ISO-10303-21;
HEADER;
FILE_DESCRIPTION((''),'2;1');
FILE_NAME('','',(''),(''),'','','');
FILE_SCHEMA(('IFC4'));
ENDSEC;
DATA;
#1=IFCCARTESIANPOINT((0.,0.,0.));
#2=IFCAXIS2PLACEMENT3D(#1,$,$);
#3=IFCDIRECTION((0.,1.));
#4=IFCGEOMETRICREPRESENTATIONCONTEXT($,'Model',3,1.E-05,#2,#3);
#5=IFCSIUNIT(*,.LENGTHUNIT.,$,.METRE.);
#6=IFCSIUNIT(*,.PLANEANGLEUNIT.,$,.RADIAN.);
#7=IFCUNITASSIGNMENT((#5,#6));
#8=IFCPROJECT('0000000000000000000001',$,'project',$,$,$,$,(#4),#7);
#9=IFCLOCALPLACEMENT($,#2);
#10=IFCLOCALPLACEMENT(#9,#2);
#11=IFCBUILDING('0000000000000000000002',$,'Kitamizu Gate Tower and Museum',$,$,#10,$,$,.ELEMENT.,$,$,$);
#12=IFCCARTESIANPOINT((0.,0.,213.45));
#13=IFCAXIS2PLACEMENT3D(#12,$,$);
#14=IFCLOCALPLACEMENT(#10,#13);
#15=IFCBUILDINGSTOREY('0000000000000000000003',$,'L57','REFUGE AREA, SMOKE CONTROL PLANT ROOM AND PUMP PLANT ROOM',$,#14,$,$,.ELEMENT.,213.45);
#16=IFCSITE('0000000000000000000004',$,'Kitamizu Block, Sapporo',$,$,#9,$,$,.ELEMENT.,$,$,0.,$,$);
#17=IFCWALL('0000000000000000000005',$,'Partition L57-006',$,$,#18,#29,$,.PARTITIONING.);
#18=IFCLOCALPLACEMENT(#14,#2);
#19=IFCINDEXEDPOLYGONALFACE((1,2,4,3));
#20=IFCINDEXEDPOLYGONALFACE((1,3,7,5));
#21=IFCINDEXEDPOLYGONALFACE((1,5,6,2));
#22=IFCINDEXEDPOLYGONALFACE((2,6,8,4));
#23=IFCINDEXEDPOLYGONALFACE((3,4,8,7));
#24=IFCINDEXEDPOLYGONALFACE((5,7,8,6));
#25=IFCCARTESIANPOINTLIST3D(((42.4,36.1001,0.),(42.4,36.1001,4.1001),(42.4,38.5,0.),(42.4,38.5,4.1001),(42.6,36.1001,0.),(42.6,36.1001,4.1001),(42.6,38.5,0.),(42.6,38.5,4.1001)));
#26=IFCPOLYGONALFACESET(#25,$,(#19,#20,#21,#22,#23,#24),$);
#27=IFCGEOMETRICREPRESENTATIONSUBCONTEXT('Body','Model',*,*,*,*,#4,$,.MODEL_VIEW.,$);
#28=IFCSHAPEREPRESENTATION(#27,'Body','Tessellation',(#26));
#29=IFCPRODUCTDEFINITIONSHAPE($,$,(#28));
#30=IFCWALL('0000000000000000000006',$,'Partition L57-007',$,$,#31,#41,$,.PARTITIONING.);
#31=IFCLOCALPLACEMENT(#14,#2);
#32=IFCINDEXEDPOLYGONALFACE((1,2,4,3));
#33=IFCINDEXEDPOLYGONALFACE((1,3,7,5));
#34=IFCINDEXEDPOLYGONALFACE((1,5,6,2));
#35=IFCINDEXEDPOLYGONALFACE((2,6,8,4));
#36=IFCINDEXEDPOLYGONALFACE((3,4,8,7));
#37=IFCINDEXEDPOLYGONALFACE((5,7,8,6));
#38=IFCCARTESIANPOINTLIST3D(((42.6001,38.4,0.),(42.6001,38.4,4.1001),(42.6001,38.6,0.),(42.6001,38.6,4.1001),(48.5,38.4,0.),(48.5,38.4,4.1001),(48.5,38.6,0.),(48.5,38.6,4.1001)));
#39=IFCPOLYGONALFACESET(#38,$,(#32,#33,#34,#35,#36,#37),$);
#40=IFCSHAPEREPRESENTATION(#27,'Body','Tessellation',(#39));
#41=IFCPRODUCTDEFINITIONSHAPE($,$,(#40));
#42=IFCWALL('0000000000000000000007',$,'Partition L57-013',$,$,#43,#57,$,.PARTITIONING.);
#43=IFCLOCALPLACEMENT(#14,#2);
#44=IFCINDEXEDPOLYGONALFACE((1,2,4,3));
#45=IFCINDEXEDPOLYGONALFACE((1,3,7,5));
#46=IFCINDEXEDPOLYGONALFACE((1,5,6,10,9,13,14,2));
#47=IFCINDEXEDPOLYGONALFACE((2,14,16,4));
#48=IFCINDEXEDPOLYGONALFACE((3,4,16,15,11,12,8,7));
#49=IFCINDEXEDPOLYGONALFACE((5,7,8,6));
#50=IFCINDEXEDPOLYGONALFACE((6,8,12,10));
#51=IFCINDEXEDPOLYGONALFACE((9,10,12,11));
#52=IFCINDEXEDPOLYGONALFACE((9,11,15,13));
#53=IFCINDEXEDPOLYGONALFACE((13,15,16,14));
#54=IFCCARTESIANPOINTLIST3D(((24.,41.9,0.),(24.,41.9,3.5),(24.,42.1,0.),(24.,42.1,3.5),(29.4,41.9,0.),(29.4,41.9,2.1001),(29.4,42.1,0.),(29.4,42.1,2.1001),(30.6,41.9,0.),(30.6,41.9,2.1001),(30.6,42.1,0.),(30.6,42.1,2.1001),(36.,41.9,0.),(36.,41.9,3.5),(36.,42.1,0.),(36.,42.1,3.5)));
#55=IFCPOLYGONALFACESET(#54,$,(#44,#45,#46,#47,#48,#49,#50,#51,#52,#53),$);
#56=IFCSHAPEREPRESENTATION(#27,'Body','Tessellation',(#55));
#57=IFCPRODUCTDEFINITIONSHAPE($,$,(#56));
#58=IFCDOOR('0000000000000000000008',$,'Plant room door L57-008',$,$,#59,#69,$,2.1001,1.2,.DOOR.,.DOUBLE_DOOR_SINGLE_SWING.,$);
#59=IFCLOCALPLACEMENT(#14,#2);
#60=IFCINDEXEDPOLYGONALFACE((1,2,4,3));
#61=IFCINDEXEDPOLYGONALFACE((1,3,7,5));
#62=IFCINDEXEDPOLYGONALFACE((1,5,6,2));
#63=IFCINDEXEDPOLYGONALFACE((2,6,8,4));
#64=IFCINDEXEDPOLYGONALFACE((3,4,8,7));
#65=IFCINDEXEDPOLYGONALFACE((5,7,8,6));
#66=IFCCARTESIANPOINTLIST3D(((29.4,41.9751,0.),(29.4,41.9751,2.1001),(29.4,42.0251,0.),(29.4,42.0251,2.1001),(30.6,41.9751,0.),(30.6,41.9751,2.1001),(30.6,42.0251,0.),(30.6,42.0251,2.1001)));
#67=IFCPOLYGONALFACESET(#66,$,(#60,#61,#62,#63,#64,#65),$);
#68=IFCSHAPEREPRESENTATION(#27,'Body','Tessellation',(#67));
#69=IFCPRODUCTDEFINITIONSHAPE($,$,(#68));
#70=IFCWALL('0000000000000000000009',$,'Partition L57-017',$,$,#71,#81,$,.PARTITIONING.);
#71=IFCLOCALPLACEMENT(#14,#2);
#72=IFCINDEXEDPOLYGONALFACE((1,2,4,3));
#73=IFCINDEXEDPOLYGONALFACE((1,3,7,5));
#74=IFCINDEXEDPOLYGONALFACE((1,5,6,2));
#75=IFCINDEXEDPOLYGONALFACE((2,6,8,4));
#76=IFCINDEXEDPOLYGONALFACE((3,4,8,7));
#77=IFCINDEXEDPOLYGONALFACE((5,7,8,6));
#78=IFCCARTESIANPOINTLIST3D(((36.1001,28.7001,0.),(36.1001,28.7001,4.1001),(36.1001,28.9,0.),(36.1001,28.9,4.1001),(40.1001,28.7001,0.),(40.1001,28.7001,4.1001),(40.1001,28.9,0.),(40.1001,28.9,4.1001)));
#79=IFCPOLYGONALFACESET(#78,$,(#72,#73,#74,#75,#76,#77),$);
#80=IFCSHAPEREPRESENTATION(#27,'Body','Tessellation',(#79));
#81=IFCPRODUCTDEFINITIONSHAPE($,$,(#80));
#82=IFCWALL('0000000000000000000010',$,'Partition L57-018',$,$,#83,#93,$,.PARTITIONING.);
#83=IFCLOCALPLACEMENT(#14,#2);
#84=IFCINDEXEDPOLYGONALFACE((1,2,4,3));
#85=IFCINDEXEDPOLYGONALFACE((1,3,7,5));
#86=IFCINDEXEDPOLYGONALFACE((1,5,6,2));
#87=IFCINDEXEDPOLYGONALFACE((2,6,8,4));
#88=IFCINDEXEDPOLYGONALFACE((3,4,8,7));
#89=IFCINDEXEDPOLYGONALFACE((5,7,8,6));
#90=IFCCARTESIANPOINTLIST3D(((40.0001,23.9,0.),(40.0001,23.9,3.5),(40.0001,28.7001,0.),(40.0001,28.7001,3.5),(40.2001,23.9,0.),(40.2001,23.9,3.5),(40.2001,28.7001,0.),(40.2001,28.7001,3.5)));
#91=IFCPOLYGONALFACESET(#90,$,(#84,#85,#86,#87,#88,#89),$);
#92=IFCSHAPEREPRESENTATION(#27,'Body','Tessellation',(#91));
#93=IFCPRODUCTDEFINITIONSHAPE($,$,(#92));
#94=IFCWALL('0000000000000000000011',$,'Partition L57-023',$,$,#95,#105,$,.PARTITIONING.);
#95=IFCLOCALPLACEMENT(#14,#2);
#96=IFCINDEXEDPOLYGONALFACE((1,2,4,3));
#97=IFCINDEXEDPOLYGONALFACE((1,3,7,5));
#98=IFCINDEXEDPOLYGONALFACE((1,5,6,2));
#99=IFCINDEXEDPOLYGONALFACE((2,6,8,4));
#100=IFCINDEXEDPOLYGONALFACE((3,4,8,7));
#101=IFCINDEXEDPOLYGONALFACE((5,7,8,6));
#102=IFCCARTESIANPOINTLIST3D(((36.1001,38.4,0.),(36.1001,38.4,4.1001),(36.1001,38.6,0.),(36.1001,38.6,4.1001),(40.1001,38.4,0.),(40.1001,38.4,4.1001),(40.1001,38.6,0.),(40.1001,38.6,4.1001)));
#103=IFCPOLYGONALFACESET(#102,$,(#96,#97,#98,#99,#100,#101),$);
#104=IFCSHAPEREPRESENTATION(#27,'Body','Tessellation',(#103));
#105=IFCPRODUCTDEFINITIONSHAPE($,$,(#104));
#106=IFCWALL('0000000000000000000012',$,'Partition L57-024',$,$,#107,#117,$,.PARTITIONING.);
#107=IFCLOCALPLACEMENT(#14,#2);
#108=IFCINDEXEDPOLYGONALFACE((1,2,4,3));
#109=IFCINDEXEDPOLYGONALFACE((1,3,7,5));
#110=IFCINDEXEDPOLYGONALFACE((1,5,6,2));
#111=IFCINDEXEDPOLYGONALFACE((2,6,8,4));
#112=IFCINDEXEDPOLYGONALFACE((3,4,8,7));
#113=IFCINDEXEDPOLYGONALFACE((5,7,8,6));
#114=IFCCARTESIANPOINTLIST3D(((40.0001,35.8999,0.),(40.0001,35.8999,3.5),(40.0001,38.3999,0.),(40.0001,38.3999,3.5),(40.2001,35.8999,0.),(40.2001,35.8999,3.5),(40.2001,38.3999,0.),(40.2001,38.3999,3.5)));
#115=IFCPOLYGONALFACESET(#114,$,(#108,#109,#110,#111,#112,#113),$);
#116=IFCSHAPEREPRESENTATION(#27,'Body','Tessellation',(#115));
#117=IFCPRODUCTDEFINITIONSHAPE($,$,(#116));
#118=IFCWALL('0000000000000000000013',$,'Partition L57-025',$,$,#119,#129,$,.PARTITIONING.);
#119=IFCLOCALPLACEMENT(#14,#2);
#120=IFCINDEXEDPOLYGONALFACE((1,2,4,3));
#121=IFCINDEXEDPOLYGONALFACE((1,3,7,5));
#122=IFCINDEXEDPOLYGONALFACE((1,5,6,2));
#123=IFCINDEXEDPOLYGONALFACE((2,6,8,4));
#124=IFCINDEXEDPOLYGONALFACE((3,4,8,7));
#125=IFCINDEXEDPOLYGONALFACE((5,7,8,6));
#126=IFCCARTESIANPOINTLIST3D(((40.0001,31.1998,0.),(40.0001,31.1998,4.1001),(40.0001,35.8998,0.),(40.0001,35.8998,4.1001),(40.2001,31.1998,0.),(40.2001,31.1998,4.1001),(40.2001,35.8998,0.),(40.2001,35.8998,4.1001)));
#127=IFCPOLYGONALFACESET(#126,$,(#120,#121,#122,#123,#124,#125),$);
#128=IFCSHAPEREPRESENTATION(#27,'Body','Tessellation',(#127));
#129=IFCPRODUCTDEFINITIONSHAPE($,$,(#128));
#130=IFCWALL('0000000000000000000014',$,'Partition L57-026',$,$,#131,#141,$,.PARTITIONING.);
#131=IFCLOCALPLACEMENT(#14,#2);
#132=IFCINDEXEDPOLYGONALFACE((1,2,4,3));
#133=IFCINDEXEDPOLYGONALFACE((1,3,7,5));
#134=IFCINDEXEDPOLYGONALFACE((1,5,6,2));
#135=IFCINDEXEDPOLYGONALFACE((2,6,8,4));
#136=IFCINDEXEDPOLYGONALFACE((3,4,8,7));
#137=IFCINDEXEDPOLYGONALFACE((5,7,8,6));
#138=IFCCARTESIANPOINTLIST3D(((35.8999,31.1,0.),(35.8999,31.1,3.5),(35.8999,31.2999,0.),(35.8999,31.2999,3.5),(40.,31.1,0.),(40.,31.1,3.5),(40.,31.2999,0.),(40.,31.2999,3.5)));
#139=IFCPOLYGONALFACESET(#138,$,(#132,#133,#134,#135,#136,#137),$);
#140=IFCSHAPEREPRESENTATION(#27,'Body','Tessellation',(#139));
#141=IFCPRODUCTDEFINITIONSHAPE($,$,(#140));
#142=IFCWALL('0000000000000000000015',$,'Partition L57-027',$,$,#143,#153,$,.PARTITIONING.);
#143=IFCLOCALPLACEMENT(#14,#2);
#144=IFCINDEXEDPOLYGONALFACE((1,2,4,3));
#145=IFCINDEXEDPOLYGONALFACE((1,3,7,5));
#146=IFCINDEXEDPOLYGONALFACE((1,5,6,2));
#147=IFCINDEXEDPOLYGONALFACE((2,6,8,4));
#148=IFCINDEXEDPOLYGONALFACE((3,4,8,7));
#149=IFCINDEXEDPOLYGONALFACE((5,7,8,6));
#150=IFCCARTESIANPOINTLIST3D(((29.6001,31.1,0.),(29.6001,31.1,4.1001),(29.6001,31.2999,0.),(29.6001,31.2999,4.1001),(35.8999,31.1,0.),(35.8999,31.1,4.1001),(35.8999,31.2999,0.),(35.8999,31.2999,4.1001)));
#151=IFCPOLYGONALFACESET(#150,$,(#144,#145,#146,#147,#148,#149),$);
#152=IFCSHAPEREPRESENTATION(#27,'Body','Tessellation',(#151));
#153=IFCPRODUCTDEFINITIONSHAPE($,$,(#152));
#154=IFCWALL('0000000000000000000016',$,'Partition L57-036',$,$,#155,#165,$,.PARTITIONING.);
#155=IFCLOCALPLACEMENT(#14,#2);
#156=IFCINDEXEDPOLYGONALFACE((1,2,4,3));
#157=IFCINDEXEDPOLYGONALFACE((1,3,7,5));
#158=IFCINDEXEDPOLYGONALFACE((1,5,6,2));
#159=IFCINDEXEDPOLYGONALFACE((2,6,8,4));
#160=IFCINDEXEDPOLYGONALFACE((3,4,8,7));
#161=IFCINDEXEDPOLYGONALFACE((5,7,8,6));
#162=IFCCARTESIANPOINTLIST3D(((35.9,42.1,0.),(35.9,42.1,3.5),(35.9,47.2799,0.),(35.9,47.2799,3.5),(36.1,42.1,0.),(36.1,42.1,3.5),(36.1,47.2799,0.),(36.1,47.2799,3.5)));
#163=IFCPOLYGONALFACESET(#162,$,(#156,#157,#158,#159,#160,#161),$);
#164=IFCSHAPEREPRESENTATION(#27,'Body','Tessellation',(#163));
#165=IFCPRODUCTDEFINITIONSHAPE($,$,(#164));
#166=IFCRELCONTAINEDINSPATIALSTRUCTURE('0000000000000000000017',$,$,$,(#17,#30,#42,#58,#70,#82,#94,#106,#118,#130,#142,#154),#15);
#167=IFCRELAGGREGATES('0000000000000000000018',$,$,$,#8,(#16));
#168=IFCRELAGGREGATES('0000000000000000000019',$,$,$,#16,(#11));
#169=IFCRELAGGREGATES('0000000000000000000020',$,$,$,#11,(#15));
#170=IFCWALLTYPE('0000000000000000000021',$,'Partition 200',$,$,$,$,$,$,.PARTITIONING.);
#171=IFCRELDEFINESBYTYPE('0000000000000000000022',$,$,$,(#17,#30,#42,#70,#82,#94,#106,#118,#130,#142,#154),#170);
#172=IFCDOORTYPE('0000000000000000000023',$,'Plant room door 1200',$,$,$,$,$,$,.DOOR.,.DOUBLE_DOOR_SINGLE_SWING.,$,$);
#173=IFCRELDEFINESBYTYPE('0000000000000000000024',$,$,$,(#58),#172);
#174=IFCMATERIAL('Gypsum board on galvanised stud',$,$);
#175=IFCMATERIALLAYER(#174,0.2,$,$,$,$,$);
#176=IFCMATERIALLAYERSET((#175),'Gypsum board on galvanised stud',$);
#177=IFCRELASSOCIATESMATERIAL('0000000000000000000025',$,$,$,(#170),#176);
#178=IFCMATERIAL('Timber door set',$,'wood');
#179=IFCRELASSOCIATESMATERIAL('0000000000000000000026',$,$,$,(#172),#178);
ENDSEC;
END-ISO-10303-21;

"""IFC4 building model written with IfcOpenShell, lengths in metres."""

from ifc_helpers import new_model, si_unit, direction, frame, frame_2d, origin, place, context, subcontext, project, spatial, rectangle, extrude, material, layer, layer_set, type_object, element, fill, save


model = new_model("IFC4")

# Units and contexts
model_context = context("Model", 3, precision=1e-05, world=origin(), true_north=direction((0.0, 1.0)))
body_context = subcontext(model_context, "Body", "Model", "MODEL_VIEW")
ifc_project = project(units=[si_unit("LENGTHUNIT", "METRE"), si_unit("PLANEANGLEUNIT", "RADIAN")], contexts=[model_context])

# Site, building, storey
site_placement = place(None, origin())
site = spatial("IfcSite", under=ifc_project, at=site_placement, Name="Kitamizu Block, Sapporo", CompositionType="ELEMENT", RefElevation=0.0)
building_placement = place(site_placement, origin())
building = spatial("IfcBuilding", under=site, at=building_placement, Name="Kitamizu Gate Tower and Museum", CompositionType="ELEMENT")
storey_placement = place(building_placement, frame((0.0, 0.0, 213.45)))
storey = spatial("IfcBuildingStorey", under=building, at=storey_placement, Name="L57", Description="REFUGE AREA, SMOKE CONTROL PLANT ROOM AND PUMP PLANT ROOM", CompositionType="ELEMENT", Elevation=213.45)

# Walls
ifc_material_1 = material(Name="Gypsum board on galvanised stud")
ifc_layer = layer(ifc_material_1, 0.2)
ifc_layer_set = layer_set([ifc_layer], Name="Gypsum board on galvanised stud")
wall_type = type_object("IfcWallType", Name="Partition 200", PredefinedType="PARTITIONING", material=ifc_layer_set)
wall_1_placement = place(storey_placement, frame((42.5, 36.1001, 0.0), z_axis=(0.0, 0.0, 1.0), x_axis=(0.0, 1.0, 0.0)))
element("IfcWall", 1, at=wall_1_placement, inside=storey, type_object=wall_type, Name="Partition L57-006", PredefinedType="PARTITIONING", context=body_context, shape_type="SweptSolid", body=[
    extrude(rectangle(XDim=2.3999, YDim=0.2, at=frame_2d((1.2, 0.0))), origin(), (0.0, 0.0, 1.0), 4.1001),
])
wall_2_placement = place(storey_placement, frame((42.6001, 38.5, 0.0), z_axis=(0.0, 0.0, 1.0), x_axis=(1.0, 0.0, 0.0)))
element("IfcWall", 2, at=wall_2_placement, inside=storey, type_object=wall_type, Name="Partition L57-007", PredefinedType="PARTITIONING", context=body_context, shape_type="SweptSolid", body=[
    extrude(rectangle(XDim=5.8999, YDim=0.2, at=frame_2d((2.95, 0.0))), origin(), (0.0, 0.0, 1.0), 4.1001),
])

# Wall, opening, door
wall_3_placement = place(storey_placement, frame((36.0, 42.0, 0.0), z_axis=(0.0, 0.0, 1.0), x_axis=(-1.0, 0.0, 0.0)))
wall_3 = element("IfcWall", 3, at=wall_3_placement, inside=storey, type_object=wall_type, Name="Partition L57-013", PredefinedType="PARTITIONING", context=body_context, shape_type="SweptSolid", body=[
    extrude(rectangle(XDim=12.0, YDim=0.2, at=frame_2d((6.0, 0.0))), origin(), (0.0, 0.0, 1.0), 3.5),
])
opening_placement = place(wall_3_placement, frame((5.3999, 0.0, 0.0)))
opening = element("IfcOpeningElement", 4, at=opening_placement, cuts=wall_3, PredefinedType="OPENING", context=body_context, shape_type="SweptSolid", body=[
    extrude(rectangle(XDim=1.2, YDim=2.1001, at=frame_2d((0.6001, 1.05))), frame((0.0, 0.1099, 0.0), z_axis=(0.0, -1.0, 0.0), x_axis=(1.0, 0.0, 0.0)), (0.0, 0.0, 1.0), 0.22),
])
ifc_material_2 = material(Name="Timber door set", Category="wood")
door_type = type_object("IfcDoorType", Name="Plant room door 1200", OperationType="DOUBLE_DOOR_SINGLE_SWING", PredefinedType="DOOR", material=ifc_material_2)
door_placement = place(opening_placement, origin())
door = element("IfcDoor", 5, at=door_placement, inside=storey, type_object=door_type, Name="Plant room door L57-008", OperationType="DOUBLE_DOOR_SINGLE_SWING", OverallHeight=2.1001, OverallWidth=1.2, PredefinedType="DOOR", context=body_context, shape_type="SweptSolid", body=[
    extrude(rectangle(XDim=1.2, YDim=2.1001, at=frame_2d((0.6001, 1.05))), frame((0.0, 0.0249, 0.0), z_axis=(0.0, -1.0, 0.0), x_axis=(1.0, 0.0, 0.0)), (0.0, 0.0, 1.0), 0.05),
])
fill(opening, door)

# Walls
wall_4_placement = place(storey_placement, frame((36.1001, 28.8, 0.0), z_axis=(0.0, 0.0, 1.0), x_axis=(1.0, 0.0, 0.0)))
element("IfcWall", 6, at=wall_4_placement, inside=storey, type_object=wall_type, Name="Partition L57-017", PredefinedType="PARTITIONING", context=body_context, shape_type="SweptSolid", body=[
    extrude(rectangle(XDim=4.0, YDim=0.2, at=frame_2d((2.0, 0.0))), origin(), (0.0, 0.0, 1.0), 4.1001),
])
wall_5_placement = place(storey_placement, frame((40.1001, 28.7, 0.0), z_axis=(0.0, 0.0, 1.0), x_axis=(0.0, -1.0, 0.0)))
element("IfcWall", 7, at=wall_5_placement, inside=storey, type_object=wall_type, Name="Partition L57-018", PredefinedType="PARTITIONING", context=body_context, shape_type="SweptSolid", body=[
    extrude(rectangle(XDim=4.8, YDim=0.2, at=frame_2d((2.3999, 0.0))), origin(), (0.0, 0.0, 1.0), 3.5),
])
wall_6_placement = place(storey_placement, frame((36.1001, 38.5, 0.0), z_axis=(0.0, 0.0, 1.0), x_axis=(1.0, 0.0, 0.0)))
element("IfcWall", 8, at=wall_6_placement, inside=storey, type_object=wall_type, Name="Partition L57-023", PredefinedType="PARTITIONING", context=body_context, shape_type="SweptSolid", body=[
    extrude(rectangle(XDim=4.0, YDim=0.2, at=frame_2d((2.0, 0.0))), origin(), (0.0, 0.0, 1.0), 4.1001),
])
wall_7_placement = place(storey_placement, frame((40.1001, 38.3999, 0.0), z_axis=(0.0, 0.0, 1.0), x_axis=(0.0, -1.0, 0.0)))
element("IfcWall", 9, at=wall_7_placement, inside=storey, type_object=wall_type, Name="Partition L57-024", PredefinedType="PARTITIONING", context=body_context, shape_type="SweptSolid", body=[
    extrude(rectangle(XDim=2.5, YDim=0.2, at=frame_2d((1.25, 0.0))), origin(), (0.0, 0.0, 1.0), 3.5),
])
wall_8_placement = place(storey_placement, frame((40.1001, 35.8999, 0.0), z_axis=(0.0, 0.0, 1.0), x_axis=(0.0, -1.0, 0.0)))
element("IfcWall", 10, at=wall_8_placement, inside=storey, type_object=wall_type, Name="Partition L57-025", PredefinedType="PARTITIONING", context=body_context, shape_type="SweptSolid", body=[
    extrude(rectangle(XDim=4.7, YDim=0.2, at=frame_2d((2.3501, 0.0))), origin(), (0.0, 0.0, 1.0), 4.1001),
])
wall_9_placement = place(storey_placement, frame((40.0, 31.2, 0.0), z_axis=(0.0, 0.0, 1.0), x_axis=(-1.0, 0.0, 0.0)))
element("IfcWall", 11, at=wall_9_placement, inside=storey, type_object=wall_type, Name="Partition L57-026", PredefinedType="PARTITIONING", context=body_context, shape_type="SweptSolid", body=[
    extrude(rectangle(XDim=4.1001, YDim=0.2, at=frame_2d((2.05, 0.0))), origin(), (0.0, 0.0, 1.0), 3.5),
])
wall_10_placement = place(storey_placement, frame((35.8999, 31.2, 0.0), z_axis=(0.0, 0.0, 1.0), x_axis=(-1.0, 0.0, 0.0)))
element("IfcWall", 12, at=wall_10_placement, inside=storey, type_object=wall_type, Name="Partition L57-027", PredefinedType="PARTITIONING", context=body_context, shape_type="SweptSolid", body=[
    extrude(rectangle(XDim=6.2998, YDim=0.2, at=frame_2d((3.1499, 0.0))), origin(), (0.0, 0.0, 1.0), 4.1001),
])
wall_11_placement = place(storey_placement, frame((36.0, 42.1001, 0.0), z_axis=(0.0, 0.0, 1.0), x_axis=(0.0, 1.0, 0.0)))
element("IfcWall", 13, at=wall_11_placement, inside=storey, type_object=wall_type, Name="Partition L57-036", PredefinedType="PARTITIONING", context=body_context, shape_type="SweptSolid", body=[
    extrude(rectangle(XDim=5.1799, YDim=0.2, at=frame_2d((2.5898, 0.0))), origin(), (0.0, 0.0, 1.0), 3.5),
])

save(model, "model.ifc")
